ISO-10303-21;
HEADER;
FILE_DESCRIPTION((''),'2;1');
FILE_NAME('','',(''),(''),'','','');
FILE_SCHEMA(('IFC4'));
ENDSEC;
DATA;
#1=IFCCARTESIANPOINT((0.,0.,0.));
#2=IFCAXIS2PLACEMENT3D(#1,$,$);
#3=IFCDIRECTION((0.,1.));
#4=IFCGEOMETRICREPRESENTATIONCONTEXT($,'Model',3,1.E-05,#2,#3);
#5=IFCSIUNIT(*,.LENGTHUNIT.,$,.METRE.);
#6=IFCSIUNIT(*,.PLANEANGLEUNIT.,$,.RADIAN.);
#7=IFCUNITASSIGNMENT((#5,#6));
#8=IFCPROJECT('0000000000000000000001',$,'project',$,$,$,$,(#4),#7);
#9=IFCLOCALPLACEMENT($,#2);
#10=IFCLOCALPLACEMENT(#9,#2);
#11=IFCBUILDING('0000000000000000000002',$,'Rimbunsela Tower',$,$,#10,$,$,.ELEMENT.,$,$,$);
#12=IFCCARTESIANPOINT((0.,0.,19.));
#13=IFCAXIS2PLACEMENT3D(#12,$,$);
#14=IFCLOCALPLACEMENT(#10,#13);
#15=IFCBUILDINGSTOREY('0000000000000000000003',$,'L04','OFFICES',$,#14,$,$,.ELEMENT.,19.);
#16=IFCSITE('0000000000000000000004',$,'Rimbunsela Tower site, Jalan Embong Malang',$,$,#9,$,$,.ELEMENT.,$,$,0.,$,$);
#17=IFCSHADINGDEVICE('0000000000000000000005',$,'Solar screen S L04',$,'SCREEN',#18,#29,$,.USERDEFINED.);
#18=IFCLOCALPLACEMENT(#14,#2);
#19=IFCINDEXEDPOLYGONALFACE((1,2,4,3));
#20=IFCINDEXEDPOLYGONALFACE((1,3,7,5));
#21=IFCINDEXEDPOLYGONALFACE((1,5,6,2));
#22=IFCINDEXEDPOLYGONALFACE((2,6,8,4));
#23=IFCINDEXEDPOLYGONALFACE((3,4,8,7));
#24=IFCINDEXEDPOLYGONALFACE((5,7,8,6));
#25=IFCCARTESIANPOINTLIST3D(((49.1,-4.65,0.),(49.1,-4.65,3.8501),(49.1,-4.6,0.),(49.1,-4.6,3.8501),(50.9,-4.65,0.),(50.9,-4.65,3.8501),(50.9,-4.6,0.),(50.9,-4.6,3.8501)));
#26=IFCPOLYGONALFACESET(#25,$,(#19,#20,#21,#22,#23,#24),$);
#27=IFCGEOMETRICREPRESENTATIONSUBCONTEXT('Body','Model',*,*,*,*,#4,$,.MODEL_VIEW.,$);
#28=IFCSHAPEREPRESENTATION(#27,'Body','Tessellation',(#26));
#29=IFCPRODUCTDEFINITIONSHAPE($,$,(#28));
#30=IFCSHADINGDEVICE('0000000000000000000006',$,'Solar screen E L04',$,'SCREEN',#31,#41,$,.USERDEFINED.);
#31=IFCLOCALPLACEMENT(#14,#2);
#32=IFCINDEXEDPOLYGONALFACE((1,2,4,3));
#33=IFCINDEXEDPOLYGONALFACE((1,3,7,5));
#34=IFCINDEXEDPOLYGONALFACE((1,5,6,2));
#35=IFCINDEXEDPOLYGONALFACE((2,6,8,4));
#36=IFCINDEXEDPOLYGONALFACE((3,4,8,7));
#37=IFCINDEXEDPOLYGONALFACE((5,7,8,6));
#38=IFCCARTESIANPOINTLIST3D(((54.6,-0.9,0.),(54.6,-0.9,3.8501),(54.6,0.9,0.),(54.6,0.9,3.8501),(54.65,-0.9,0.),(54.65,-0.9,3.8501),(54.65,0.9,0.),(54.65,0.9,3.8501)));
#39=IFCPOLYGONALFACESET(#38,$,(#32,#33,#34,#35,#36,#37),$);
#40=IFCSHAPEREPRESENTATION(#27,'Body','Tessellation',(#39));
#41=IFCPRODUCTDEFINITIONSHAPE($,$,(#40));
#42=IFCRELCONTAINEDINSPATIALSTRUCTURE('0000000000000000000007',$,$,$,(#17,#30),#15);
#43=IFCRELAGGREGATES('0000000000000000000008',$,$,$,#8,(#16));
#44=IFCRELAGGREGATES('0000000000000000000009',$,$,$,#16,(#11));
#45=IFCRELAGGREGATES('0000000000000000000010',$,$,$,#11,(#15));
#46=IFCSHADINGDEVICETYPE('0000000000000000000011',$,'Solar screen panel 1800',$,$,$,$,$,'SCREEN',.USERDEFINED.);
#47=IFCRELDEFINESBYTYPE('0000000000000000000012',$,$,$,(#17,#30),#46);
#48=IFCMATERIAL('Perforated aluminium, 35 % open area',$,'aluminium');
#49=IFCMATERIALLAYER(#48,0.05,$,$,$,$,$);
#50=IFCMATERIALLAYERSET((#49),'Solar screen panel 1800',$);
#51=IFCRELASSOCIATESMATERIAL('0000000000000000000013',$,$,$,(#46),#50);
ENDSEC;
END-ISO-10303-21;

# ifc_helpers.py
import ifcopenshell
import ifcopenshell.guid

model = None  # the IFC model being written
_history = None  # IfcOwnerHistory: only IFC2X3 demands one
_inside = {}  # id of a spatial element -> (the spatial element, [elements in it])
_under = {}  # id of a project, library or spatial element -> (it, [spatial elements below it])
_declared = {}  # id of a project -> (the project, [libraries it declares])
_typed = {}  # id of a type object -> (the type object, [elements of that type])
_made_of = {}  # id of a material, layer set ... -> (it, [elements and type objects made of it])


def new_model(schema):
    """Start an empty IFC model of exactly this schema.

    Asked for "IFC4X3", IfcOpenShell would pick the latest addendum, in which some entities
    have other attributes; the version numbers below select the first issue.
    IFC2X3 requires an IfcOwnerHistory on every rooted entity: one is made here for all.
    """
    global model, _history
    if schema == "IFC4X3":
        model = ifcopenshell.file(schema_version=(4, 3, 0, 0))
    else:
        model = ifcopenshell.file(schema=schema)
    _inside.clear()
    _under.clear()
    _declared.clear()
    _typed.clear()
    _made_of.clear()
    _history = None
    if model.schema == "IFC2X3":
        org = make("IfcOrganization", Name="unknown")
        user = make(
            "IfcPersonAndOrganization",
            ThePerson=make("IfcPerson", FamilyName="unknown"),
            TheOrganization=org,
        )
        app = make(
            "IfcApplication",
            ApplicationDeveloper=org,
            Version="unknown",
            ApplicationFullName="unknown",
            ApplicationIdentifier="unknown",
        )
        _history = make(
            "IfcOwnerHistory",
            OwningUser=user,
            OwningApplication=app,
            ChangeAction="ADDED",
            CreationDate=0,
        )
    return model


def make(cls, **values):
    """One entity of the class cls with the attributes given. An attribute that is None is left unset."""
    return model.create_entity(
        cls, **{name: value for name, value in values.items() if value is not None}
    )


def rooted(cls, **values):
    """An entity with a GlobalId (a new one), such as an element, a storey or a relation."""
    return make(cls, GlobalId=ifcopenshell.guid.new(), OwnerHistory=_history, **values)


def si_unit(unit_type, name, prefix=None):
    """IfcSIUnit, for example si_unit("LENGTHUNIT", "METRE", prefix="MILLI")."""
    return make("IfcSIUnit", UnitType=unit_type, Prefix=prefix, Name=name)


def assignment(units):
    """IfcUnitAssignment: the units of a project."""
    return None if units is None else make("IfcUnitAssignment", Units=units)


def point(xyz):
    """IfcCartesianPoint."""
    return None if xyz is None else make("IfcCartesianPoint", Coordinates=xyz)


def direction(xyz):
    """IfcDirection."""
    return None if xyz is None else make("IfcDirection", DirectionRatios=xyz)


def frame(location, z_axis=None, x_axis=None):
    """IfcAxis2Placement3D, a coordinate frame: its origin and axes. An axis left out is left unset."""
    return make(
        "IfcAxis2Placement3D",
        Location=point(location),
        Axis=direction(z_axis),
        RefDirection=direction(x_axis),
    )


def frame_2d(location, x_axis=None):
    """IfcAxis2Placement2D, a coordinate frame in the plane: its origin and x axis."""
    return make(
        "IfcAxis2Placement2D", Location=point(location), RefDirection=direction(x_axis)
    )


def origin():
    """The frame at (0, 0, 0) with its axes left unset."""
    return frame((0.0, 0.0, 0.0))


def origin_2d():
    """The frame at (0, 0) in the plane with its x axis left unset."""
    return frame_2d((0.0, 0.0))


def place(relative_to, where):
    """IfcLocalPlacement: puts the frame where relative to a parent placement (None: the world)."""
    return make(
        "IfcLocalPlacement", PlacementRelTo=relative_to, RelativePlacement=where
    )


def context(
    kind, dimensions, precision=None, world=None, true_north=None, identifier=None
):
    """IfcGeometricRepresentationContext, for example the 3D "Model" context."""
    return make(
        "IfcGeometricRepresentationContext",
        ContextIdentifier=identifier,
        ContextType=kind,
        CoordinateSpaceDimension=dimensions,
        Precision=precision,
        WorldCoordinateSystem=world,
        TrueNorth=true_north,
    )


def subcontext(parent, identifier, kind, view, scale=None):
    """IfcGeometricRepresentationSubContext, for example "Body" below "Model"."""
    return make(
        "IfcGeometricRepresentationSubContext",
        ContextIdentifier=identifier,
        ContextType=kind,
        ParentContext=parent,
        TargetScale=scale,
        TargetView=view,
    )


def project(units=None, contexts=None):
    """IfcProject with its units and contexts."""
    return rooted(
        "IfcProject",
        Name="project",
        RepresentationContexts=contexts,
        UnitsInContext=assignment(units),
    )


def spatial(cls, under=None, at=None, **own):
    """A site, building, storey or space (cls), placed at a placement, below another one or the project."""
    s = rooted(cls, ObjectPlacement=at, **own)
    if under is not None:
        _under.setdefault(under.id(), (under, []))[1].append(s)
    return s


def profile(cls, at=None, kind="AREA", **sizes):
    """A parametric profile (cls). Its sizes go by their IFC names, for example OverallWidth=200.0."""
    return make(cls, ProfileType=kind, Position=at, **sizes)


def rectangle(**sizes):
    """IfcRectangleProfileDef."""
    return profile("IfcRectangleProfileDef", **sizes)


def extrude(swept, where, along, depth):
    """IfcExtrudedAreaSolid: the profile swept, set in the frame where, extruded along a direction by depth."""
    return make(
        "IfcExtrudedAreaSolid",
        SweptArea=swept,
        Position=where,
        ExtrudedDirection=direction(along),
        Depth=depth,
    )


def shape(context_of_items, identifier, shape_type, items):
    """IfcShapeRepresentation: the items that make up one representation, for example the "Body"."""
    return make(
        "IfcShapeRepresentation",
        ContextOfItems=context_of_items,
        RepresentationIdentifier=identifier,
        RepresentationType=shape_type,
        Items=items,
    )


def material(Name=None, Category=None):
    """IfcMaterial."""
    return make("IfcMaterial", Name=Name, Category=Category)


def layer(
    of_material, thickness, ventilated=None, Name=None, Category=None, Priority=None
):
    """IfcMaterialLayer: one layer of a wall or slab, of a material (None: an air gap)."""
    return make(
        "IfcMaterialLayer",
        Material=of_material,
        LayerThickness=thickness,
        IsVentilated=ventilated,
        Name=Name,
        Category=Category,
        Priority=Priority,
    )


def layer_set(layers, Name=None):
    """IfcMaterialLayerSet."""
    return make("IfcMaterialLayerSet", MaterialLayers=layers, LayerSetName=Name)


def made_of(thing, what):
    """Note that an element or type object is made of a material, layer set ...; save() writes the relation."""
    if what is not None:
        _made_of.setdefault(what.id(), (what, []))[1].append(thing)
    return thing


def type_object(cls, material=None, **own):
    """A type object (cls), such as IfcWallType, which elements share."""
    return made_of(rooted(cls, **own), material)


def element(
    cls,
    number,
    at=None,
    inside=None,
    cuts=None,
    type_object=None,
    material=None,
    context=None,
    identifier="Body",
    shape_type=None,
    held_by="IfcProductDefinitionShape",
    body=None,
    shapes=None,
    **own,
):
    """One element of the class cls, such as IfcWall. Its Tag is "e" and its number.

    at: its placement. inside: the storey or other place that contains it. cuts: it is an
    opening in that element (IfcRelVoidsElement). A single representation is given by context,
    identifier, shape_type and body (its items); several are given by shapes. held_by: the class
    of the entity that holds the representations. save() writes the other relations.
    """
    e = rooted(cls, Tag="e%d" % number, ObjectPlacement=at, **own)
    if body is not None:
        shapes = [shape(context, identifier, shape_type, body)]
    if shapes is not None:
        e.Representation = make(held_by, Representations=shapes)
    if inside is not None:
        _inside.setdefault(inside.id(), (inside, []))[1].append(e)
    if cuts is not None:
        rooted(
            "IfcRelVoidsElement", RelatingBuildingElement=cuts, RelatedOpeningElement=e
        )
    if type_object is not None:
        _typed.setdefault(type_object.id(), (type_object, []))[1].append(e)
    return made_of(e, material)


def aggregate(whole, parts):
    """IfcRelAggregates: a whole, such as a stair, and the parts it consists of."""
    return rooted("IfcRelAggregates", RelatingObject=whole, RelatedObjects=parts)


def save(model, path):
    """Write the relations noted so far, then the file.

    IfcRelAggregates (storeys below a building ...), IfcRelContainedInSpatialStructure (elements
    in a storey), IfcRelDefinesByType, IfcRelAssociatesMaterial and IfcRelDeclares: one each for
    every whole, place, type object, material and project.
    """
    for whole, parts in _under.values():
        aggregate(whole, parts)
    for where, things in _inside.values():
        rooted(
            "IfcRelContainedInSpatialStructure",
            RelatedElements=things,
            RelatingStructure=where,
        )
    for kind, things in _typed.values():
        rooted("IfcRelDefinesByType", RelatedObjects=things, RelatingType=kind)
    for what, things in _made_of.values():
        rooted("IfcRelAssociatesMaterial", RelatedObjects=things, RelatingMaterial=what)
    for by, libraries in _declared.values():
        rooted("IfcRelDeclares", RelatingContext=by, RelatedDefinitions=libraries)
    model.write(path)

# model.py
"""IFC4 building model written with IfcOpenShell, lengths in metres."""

from ifc_helpers import new_model, si_unit, direction, frame, origin, origin_2d, place, context, subcontext, project, spatial, rectangle, extrude, material, layer, layer_set, type_object, element, save


model = new_model("IFC4")

# Units and contexts
model_context = context("Model", 3, precision=1e-05, world=origin(), true_north=direction((0.0, 1.0)))
body_context = subcontext(model_context, "Body", "Model", "MODEL_VIEW")
ifc_project = project(units=[si_unit("LENGTHUNIT", "METRE"), si_unit("PLANEANGLEUNIT", "RADIAN")], contexts=[model_context])

# Site, building, storey
site_placement = place(None, origin())
site = spatial("IfcSite", under=ifc_project, at=site_placement, Name="Rimbunsela Tower site, Jalan Embong Malang", CompositionType="ELEMENT", RefElevation=0.0)
building_placement = place(site_placement, origin())
building = spatial("IfcBuilding", under=site, at=building_placement, Name="Rimbunsela Tower", CompositionType="ELEMENT")
storey_placement = place(building_placement, frame((0.0, 0.0, 19.0)))
storey = spatial("IfcBuildingStorey", under=building, at=storey_placement, Name="L04", Description="OFFICES", CompositionType="ELEMENT", Elevation=19.0)

# Shading devices
ifc_material_1 = material(Name="Perforated aluminium, 35 % open area", Category="aluminium")
ifc_layer_1 = layer(ifc_material_1, 0.05)
ifc_layer_set_1 = layer_set([ifc_layer_1], Name="Solar screen panel 1800")
shading_device_type = type_object("IfcShadingDeviceType", Name="Solar screen panel 1800", ElementType="SCREEN", PredefinedType="USERDEFINED", material=ifc_layer_set_1)
for number, where, z_axis, x_axis, name in (
    (1, (50.0, -4.625, 0.0), (0.0, 0.0, 1.0), (1.0, 0.0, 0.0), "Solar screen S L04"),
    (2, (54.625, 0.0, 0.0), (0.0, 0.0, 1.0), (0.0, 1.0, 0.0), "Solar screen E L04"),
):
    element("IfcShadingDevice", number, at=place(storey_placement, frame(where, z_axis=z_axis, x_axis=x_axis)), inside=storey, type_object=shading_device_type, Name=name, ObjectType="SCREEN", PredefinedType="USERDEFINED", context=body_context, shape_type="SweptSolid", body=[
        extrude(rectangle(XDim=1.8, YDim=0.05, at=origin_2d()), origin(), (0.0, 0.0, 1.0), 3.8501),
    ])

save(model, "model.ifc")
